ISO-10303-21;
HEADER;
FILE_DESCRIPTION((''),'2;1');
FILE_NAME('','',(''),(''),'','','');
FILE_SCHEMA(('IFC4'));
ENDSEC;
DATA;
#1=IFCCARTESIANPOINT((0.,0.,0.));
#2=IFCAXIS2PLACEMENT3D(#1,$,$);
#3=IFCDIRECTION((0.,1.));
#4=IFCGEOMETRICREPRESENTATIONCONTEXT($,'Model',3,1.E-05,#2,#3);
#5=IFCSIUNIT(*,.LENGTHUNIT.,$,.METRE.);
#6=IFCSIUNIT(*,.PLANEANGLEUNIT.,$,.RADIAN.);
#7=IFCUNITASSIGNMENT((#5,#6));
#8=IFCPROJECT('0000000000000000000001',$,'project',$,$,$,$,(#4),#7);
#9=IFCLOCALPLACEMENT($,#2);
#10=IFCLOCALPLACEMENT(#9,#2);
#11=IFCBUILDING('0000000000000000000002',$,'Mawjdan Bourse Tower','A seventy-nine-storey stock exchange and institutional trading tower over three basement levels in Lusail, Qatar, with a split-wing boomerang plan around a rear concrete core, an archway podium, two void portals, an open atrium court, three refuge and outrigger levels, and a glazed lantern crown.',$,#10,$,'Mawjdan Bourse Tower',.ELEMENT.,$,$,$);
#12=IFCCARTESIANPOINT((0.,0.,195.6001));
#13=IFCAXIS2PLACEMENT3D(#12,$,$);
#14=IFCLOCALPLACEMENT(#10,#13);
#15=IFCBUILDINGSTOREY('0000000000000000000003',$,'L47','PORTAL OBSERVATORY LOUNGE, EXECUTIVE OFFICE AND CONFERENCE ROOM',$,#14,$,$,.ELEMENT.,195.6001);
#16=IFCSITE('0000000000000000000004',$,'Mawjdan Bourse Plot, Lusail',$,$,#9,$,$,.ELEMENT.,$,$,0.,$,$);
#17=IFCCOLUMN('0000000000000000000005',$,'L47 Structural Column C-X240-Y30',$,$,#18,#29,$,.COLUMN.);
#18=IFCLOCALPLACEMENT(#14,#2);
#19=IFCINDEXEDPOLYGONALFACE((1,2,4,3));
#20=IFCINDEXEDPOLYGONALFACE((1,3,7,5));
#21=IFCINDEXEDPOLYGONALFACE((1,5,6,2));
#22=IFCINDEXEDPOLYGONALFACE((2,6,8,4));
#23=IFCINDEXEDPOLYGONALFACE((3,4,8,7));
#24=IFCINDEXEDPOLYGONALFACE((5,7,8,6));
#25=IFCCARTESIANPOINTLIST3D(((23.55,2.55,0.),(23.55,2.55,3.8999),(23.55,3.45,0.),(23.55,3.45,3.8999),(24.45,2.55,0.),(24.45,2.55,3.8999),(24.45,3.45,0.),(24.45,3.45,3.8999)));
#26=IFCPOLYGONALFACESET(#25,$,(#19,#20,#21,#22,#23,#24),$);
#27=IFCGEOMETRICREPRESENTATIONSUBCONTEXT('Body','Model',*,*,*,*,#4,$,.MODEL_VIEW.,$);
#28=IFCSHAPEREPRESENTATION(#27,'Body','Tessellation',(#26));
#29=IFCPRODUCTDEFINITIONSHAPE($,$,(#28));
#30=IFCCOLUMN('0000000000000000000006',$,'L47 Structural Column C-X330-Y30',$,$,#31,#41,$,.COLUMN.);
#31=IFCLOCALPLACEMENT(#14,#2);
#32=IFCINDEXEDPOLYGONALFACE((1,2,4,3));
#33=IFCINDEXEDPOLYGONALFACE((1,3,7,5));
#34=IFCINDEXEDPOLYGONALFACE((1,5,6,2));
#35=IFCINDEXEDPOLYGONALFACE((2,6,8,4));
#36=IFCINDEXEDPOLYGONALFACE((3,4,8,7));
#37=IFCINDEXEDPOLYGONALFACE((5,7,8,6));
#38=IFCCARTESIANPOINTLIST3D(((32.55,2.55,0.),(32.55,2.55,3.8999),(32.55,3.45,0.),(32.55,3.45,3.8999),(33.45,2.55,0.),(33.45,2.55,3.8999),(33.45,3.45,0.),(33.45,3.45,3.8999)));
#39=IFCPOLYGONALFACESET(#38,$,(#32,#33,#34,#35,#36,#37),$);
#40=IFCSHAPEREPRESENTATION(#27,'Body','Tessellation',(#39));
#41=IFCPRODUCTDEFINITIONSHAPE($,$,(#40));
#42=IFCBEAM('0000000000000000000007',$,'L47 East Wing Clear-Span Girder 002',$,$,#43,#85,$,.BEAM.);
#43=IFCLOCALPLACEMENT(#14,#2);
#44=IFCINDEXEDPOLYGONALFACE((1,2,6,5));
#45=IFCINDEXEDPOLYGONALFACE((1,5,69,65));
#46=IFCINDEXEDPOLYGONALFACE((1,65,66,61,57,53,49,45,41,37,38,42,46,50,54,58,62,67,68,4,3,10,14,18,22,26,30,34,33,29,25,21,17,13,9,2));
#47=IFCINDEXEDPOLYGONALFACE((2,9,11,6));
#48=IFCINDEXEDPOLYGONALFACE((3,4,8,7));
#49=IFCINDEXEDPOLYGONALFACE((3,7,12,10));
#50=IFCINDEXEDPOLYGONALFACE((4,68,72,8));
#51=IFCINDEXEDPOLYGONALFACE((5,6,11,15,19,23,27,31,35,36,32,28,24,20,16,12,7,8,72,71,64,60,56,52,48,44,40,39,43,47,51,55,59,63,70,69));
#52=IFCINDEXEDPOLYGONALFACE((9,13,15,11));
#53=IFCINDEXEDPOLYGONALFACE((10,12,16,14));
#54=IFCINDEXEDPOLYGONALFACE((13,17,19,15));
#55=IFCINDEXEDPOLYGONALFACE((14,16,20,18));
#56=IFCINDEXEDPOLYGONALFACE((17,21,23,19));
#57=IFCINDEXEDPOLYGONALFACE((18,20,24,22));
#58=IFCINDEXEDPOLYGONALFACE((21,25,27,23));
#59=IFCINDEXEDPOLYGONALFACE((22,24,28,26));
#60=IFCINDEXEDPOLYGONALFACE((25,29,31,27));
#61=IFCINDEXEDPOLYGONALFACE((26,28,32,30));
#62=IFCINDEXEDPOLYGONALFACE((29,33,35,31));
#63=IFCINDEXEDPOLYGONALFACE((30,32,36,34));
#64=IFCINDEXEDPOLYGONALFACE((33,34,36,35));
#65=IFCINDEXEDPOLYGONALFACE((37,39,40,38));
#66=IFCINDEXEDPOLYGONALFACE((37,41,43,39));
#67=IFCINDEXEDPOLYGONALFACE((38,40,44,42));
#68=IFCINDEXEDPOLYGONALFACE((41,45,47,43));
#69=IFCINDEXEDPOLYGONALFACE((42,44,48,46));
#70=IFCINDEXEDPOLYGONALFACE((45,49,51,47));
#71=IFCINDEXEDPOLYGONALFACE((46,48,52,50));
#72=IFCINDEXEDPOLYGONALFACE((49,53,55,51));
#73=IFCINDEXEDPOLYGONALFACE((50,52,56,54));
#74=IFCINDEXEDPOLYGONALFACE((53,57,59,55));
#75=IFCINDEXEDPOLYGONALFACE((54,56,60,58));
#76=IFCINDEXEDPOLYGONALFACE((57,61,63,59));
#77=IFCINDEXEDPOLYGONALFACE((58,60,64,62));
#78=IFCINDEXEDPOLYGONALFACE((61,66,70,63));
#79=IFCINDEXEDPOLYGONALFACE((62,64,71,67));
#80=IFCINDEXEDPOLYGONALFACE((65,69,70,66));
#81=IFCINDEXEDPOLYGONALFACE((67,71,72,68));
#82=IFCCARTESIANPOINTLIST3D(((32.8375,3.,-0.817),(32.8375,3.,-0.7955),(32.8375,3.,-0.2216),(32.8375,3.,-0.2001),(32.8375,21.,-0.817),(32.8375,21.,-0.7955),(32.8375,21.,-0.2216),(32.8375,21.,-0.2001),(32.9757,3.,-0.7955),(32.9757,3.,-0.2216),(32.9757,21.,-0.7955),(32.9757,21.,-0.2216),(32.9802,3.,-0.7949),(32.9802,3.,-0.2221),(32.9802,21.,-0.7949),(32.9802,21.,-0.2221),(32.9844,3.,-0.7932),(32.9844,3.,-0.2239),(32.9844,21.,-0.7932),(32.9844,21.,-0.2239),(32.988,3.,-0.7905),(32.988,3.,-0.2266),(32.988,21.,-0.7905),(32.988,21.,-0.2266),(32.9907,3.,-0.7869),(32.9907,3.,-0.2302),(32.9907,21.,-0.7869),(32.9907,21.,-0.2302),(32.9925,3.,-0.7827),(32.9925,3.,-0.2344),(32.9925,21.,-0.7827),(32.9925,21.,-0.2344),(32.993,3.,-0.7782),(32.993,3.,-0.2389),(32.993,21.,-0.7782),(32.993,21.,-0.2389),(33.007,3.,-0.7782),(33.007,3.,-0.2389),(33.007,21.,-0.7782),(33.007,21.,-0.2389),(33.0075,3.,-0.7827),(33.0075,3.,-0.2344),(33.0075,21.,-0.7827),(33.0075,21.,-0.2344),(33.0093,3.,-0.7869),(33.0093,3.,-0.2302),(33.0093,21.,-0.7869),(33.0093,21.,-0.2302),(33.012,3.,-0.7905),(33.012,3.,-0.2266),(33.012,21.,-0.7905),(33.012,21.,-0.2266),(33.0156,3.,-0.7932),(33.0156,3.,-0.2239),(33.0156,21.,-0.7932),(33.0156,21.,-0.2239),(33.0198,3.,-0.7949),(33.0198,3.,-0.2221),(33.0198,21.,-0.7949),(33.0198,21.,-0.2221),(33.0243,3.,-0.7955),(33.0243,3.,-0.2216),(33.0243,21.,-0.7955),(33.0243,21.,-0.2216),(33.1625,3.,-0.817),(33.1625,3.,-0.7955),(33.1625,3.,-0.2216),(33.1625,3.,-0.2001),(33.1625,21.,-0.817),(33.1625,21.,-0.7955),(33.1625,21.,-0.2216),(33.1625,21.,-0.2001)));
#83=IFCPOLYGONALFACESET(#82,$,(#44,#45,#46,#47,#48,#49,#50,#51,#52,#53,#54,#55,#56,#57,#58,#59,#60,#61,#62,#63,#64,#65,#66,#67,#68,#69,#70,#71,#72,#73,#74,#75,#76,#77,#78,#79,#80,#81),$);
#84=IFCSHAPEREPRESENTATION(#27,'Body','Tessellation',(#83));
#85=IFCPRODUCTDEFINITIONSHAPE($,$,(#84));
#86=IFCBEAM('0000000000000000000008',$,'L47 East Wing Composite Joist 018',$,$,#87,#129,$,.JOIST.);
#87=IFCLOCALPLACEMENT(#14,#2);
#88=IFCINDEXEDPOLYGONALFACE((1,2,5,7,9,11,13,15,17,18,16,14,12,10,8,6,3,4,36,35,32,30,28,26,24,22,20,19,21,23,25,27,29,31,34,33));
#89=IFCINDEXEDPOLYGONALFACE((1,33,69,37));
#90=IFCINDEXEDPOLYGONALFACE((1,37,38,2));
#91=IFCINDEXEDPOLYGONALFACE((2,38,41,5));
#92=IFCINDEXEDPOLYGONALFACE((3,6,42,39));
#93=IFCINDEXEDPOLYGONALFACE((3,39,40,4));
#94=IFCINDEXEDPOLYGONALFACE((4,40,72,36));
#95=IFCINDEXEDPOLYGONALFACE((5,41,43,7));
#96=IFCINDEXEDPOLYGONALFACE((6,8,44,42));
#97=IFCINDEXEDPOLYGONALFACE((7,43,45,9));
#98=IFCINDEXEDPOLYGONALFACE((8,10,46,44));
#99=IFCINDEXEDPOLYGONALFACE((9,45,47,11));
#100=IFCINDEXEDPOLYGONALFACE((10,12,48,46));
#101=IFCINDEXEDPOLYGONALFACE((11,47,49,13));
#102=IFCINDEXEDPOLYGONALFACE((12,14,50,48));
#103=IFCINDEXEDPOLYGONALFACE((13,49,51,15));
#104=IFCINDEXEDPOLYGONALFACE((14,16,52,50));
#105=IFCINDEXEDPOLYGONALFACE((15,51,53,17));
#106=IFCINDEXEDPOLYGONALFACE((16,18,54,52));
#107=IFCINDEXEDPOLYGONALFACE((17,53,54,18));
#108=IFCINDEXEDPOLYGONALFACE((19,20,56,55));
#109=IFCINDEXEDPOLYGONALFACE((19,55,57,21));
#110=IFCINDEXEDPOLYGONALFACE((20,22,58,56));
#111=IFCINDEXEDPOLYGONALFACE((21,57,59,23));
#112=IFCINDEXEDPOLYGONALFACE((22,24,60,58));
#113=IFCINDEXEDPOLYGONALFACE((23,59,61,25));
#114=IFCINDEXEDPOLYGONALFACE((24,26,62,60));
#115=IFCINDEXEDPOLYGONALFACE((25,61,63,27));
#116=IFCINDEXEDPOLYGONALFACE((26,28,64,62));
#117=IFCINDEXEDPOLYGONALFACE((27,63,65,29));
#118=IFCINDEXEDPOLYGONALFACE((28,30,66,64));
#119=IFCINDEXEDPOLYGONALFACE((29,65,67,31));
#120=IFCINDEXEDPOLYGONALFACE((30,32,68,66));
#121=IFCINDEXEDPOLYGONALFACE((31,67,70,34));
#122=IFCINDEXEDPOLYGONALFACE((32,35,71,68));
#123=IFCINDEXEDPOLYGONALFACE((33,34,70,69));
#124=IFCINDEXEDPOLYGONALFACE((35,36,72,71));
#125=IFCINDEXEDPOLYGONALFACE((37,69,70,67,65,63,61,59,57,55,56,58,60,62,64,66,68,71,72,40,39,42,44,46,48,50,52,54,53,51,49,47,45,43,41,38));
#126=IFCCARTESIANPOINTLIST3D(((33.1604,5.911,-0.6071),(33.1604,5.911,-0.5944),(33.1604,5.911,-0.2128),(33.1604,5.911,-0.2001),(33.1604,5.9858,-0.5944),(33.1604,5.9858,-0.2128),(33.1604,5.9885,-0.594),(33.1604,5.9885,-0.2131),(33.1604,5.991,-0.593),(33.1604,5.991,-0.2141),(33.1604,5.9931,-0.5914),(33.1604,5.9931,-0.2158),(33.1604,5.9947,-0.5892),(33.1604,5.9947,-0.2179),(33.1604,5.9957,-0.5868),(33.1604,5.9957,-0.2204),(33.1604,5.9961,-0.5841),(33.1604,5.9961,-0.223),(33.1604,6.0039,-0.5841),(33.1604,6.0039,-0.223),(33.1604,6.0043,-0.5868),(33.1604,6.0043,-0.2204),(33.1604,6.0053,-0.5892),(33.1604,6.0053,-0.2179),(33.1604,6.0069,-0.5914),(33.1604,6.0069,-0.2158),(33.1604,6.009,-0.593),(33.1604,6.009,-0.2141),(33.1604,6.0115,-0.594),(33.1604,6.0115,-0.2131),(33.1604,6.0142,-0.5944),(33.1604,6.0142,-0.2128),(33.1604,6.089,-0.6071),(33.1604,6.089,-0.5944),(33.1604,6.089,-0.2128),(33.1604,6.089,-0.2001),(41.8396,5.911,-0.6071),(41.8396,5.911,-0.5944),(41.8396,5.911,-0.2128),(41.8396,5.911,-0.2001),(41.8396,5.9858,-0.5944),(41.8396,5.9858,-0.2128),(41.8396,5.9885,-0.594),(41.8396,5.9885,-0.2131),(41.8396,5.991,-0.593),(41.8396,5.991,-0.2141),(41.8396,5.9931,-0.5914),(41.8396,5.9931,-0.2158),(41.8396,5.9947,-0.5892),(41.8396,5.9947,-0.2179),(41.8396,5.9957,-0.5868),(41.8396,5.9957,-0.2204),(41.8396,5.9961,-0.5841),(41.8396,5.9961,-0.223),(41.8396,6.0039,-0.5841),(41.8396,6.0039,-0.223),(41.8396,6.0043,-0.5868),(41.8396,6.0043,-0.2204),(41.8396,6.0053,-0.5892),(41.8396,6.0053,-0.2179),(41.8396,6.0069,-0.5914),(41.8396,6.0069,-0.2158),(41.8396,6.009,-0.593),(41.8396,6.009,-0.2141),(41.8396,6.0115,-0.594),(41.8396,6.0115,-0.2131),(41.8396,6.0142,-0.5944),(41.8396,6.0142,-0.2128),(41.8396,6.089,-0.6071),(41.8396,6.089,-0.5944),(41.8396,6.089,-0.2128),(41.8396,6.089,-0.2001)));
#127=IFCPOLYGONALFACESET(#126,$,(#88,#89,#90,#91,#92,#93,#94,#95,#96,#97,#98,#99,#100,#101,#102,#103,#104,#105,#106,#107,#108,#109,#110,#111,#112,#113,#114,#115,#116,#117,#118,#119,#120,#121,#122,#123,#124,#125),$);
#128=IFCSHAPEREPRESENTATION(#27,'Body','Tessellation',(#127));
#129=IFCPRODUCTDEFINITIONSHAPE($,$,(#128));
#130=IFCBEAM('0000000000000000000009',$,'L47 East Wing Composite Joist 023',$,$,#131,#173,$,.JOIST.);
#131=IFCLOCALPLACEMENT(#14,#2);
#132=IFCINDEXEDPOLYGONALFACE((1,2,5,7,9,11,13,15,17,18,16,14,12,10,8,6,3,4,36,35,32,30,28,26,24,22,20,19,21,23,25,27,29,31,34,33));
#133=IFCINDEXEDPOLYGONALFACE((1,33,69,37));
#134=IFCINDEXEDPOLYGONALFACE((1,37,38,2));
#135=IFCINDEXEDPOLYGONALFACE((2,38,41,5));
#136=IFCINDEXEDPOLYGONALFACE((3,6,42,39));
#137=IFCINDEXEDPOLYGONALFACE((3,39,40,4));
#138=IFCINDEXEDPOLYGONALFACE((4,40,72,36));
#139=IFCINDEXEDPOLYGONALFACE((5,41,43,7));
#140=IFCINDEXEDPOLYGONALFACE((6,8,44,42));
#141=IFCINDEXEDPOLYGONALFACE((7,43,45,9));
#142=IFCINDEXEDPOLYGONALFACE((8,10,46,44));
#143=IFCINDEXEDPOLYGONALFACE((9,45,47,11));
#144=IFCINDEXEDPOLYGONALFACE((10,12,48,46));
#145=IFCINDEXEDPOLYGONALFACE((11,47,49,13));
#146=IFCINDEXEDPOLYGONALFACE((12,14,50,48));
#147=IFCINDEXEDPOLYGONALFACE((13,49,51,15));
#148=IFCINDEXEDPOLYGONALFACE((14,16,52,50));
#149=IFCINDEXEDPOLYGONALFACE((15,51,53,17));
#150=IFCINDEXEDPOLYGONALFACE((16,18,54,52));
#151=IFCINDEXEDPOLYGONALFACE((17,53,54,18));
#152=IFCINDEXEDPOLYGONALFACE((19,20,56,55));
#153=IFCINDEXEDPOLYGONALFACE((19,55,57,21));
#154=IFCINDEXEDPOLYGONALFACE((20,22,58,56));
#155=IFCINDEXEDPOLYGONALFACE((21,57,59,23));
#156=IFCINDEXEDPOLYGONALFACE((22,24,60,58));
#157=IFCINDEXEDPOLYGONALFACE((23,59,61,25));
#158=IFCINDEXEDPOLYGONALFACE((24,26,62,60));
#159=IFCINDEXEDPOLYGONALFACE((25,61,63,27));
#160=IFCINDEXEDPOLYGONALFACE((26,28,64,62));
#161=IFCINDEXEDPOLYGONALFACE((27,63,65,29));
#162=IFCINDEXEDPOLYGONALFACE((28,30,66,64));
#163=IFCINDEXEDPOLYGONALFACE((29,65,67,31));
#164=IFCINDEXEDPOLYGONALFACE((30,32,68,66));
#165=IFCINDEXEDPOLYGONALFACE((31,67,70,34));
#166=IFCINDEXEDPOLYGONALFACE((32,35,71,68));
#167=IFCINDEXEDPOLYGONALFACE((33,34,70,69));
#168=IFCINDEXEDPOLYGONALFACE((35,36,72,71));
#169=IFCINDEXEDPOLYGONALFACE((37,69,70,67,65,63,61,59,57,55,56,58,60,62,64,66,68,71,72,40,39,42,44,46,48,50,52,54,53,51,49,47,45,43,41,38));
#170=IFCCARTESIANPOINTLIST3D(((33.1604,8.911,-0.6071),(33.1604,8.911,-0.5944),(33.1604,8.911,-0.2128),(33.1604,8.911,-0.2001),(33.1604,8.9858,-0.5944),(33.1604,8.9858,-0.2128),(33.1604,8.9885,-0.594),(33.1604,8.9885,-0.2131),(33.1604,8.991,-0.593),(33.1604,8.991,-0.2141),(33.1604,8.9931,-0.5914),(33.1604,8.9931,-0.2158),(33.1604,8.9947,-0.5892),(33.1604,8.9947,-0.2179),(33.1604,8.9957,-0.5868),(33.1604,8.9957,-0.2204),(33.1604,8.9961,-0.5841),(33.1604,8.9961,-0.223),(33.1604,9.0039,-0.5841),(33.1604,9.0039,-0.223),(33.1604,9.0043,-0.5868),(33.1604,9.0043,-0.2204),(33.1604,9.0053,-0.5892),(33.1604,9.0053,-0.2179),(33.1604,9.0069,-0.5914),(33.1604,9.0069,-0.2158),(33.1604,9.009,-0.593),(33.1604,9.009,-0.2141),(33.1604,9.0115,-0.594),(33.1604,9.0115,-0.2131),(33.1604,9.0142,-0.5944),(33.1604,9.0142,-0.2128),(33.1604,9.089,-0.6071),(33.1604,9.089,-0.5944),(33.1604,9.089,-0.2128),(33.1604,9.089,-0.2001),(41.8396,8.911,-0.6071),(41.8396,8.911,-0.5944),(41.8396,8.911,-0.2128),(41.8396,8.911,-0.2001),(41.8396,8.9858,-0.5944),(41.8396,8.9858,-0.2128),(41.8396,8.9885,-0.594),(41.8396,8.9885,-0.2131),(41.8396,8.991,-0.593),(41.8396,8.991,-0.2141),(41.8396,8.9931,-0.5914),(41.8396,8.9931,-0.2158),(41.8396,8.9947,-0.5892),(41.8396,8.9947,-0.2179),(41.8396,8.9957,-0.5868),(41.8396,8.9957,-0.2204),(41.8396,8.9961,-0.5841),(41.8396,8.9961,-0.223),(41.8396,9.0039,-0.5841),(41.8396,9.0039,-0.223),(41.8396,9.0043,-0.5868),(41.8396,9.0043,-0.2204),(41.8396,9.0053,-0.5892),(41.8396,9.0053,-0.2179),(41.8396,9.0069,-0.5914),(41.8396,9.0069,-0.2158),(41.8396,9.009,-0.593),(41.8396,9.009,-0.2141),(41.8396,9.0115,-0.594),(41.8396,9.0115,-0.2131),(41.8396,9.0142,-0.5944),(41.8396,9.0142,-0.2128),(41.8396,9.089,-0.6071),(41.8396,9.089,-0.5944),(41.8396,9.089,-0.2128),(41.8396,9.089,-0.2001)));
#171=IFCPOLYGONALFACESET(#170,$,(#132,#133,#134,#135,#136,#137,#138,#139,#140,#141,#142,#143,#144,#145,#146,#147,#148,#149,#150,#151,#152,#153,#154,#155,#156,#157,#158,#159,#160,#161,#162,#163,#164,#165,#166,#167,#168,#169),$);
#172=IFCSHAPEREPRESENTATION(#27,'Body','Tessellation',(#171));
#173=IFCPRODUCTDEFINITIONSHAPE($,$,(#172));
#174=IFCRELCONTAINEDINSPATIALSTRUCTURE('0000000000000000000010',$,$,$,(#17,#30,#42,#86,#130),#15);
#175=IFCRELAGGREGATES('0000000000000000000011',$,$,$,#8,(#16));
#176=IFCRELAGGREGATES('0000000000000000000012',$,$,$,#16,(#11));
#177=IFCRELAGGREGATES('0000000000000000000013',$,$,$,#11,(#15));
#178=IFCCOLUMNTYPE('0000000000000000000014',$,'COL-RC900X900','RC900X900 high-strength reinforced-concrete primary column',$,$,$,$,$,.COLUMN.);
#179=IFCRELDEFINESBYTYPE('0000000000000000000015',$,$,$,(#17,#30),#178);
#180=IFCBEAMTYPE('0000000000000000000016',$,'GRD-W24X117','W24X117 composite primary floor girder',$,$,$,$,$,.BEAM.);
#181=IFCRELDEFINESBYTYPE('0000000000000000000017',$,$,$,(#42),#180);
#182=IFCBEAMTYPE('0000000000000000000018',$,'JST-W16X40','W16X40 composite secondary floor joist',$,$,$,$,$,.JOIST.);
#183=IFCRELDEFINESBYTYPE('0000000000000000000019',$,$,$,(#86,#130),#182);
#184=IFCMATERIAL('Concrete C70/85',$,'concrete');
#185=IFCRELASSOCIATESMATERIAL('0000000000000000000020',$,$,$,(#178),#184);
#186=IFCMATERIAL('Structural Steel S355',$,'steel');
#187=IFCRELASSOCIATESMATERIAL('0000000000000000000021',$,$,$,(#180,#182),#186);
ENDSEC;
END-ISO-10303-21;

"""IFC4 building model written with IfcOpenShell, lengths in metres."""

from ifc_helpers import new_model, si_unit, direction, frame, origin, origin_2d, place, context, subcontext, project, spatial, rectangle, i_section, extrude, material, material_profile, profile_set, type_object, element, save


model = new_model("IFC4")

# Units and contexts
model_context = context("Model", 3, precision=1e-05, world=origin(), true_north=direction((0.0, 1.0)))
body_context = subcontext(model_context, "Body", "Model", "MODEL_VIEW")
ifc_project = project(units=[si_unit("LENGTHUNIT", "METRE"), si_unit("PLANEANGLEUNIT", "RADIAN")], contexts=[model_context])

# Site, building, storey
site_placement = place(None, origin())
site = spatial("IfcSite", under=ifc_project, at=site_placement, Name="Mawjdan Bourse Plot, Lusail", CompositionType="ELEMENT", RefElevation=0.0)
building_placement = place(site_placement, origin())
building = spatial("IfcBuilding", under=site, at=building_placement, Name="Mawjdan Bourse Tower", Description="A seventy-nine-storey stock exchange and institutional trading tower over three basement levels in Lusail, Qatar, with a split-wing boomerang plan around a rear concrete core, an archway podium, two void portals, an open atrium court, three refuge and outrigger levels, and a glazed lantern crown.", LongName="Mawjdan Bourse Tower", CompositionType="ELEMENT")
storey_placement = place(building_placement, frame((0.0, 0.0, 195.6001)))
storey = spatial("IfcBuildingStorey", under=building, at=storey_placement, Name="L47", Description="PORTAL OBSERVATORY LOUNGE, EXECUTIVE OFFICE AND CONFERENCE ROOM", CompositionType="ELEMENT", Elevation=195.6001)

# Columns
ifc_material_1 = material(Name="Concrete C70/85", Category="concrete")
ifc_material_profile_1 = material_profile(ifc_material_1, rectangle(XDim=0.8999, YDim=0.8999, at=origin_2d()), Name="RC900X900")
ifc_profile_set_1 = profile_set([ifc_material_profile_1], Name="Concrete C70/85")
column_type = type_object("IfcColumnType", Name="COL-RC900X900", Description="RC900X900 high-strength reinforced-concrete primary column", PredefinedType="COLUMN", material=ifc_profile_set_1)
for number, where, z_axis, x_axis, name in (
    (1, (24.0, 3.0, 0.0), (0.0, 0.0, 1.0), (1.0, 0.0, 0.0), "L47 Structural Column C-X240-Y30"),
    (2, (33.0, 3.0, 0.0), (0.0, 0.0, 1.0), (1.0, 0.0, 0.0), "L47 Structural Column C-X330-Y30"),
):
    element("IfcColumn", number, at=place(storey_placement, frame(where, z_axis=z_axis, x_axis=x_axis)), inside=storey, type_object=column_type, Name=name, PredefinedType="COLUMN", context=body_context, shape_type="SweptSolid", body=[
        extrude(rectangle(XDim=0.8999, YDim=0.8999, at=origin_2d()), origin(), (0.0, 0.0, 1.0), 3.8999),
    ])

# Beams
ifc_material_2 = material(Name="Structural Steel S355", Category="steel")
ifc_material_profile_2 = material_profile(ifc_material_2, i_section(OverallWidth=0.325, OverallDepth=0.6169, WebThickness=0.0139, FlangeThickness=0.0215, FilletRadius=0.0173, at=origin_2d()), Name="W24X117")
ifc_profile_set_2 = profile_set([ifc_material_profile_2], Name="Structural Steel S355")
beam_type_1 = type_object("IfcBeamType", Name="GRD-W24X117", Description="W24X117 composite primary floor girder", PredefinedType="BEAM", material=ifc_profile_set_2)
beam_1_placement = place(storey_placement, frame((33.0, 3.0, -0.5085), z_axis=(0.0, 1.0, 0.0), x_axis=(-1.0, 0.0, 0.0)))
element("IfcBeam", 3, at=beam_1_placement, inside=storey, type_object=beam_type_1, Name="L47 East Wing Clear-Span Girder 002", PredefinedType="BEAM", context=body_context, shape_type="SweptSolid", body=[
    extrude(i_section(OverallWidth=0.325, OverallDepth=0.6169, WebThickness=0.0139, FlangeThickness=0.0215, FilletRadius=0.0173, at=origin_2d()), origin(), (0.0, 0.0, 1.0), 18.0),
])
ifc_material_profile_3 = material_profile(ifc_material_2, i_section(OverallWidth=0.178, OverallDepth=0.407, WebThickness=0.0078, FlangeThickness=0.0127, FilletRadius=0.0103, at=origin_2d()), Name="W16X40")
ifc_profile_set_3 = profile_set([ifc_material_profile_3], Name="Structural Steel S355")
beam_type_2 = type_object("IfcBeamType", Name="JST-W16X40", Description="W16X40 composite secondary floor joist", PredefinedType="JOIST", material=ifc_profile_set_3)
for number, where, z_axis, x_axis, name in (
    (4, (33.1604, 6.0, -0.4036), (1.0, 0.0, 0.0), (0.0, 1.0, 0.0), "L47 East Wing Composite Joist 018"),
    (5, (33.1604, 9.0, -0.4036), (1.0, 0.0, 0.0), (0.0, 1.0, 0.0), "L47 East Wing Composite Joist 023"),
):
    element("IfcBeam", number, at=place(storey_placement, frame(where, z_axis=z_axis, x_axis=x_axis)), inside=storey, type_object=beam_type_2, Name=name, PredefinedType="JOIST", context=body_context, shape_type="SweptSolid", body=[
        extrude(i_section(OverallWidth=0.178, OverallDepth=0.407, WebThickness=0.0078, FlangeThickness=0.0127, FilletRadius=0.0103, at=origin_2d()), origin(), (0.0, 0.0, 1.0), 8.6792),
    ])

save(model, "model.ifc")
